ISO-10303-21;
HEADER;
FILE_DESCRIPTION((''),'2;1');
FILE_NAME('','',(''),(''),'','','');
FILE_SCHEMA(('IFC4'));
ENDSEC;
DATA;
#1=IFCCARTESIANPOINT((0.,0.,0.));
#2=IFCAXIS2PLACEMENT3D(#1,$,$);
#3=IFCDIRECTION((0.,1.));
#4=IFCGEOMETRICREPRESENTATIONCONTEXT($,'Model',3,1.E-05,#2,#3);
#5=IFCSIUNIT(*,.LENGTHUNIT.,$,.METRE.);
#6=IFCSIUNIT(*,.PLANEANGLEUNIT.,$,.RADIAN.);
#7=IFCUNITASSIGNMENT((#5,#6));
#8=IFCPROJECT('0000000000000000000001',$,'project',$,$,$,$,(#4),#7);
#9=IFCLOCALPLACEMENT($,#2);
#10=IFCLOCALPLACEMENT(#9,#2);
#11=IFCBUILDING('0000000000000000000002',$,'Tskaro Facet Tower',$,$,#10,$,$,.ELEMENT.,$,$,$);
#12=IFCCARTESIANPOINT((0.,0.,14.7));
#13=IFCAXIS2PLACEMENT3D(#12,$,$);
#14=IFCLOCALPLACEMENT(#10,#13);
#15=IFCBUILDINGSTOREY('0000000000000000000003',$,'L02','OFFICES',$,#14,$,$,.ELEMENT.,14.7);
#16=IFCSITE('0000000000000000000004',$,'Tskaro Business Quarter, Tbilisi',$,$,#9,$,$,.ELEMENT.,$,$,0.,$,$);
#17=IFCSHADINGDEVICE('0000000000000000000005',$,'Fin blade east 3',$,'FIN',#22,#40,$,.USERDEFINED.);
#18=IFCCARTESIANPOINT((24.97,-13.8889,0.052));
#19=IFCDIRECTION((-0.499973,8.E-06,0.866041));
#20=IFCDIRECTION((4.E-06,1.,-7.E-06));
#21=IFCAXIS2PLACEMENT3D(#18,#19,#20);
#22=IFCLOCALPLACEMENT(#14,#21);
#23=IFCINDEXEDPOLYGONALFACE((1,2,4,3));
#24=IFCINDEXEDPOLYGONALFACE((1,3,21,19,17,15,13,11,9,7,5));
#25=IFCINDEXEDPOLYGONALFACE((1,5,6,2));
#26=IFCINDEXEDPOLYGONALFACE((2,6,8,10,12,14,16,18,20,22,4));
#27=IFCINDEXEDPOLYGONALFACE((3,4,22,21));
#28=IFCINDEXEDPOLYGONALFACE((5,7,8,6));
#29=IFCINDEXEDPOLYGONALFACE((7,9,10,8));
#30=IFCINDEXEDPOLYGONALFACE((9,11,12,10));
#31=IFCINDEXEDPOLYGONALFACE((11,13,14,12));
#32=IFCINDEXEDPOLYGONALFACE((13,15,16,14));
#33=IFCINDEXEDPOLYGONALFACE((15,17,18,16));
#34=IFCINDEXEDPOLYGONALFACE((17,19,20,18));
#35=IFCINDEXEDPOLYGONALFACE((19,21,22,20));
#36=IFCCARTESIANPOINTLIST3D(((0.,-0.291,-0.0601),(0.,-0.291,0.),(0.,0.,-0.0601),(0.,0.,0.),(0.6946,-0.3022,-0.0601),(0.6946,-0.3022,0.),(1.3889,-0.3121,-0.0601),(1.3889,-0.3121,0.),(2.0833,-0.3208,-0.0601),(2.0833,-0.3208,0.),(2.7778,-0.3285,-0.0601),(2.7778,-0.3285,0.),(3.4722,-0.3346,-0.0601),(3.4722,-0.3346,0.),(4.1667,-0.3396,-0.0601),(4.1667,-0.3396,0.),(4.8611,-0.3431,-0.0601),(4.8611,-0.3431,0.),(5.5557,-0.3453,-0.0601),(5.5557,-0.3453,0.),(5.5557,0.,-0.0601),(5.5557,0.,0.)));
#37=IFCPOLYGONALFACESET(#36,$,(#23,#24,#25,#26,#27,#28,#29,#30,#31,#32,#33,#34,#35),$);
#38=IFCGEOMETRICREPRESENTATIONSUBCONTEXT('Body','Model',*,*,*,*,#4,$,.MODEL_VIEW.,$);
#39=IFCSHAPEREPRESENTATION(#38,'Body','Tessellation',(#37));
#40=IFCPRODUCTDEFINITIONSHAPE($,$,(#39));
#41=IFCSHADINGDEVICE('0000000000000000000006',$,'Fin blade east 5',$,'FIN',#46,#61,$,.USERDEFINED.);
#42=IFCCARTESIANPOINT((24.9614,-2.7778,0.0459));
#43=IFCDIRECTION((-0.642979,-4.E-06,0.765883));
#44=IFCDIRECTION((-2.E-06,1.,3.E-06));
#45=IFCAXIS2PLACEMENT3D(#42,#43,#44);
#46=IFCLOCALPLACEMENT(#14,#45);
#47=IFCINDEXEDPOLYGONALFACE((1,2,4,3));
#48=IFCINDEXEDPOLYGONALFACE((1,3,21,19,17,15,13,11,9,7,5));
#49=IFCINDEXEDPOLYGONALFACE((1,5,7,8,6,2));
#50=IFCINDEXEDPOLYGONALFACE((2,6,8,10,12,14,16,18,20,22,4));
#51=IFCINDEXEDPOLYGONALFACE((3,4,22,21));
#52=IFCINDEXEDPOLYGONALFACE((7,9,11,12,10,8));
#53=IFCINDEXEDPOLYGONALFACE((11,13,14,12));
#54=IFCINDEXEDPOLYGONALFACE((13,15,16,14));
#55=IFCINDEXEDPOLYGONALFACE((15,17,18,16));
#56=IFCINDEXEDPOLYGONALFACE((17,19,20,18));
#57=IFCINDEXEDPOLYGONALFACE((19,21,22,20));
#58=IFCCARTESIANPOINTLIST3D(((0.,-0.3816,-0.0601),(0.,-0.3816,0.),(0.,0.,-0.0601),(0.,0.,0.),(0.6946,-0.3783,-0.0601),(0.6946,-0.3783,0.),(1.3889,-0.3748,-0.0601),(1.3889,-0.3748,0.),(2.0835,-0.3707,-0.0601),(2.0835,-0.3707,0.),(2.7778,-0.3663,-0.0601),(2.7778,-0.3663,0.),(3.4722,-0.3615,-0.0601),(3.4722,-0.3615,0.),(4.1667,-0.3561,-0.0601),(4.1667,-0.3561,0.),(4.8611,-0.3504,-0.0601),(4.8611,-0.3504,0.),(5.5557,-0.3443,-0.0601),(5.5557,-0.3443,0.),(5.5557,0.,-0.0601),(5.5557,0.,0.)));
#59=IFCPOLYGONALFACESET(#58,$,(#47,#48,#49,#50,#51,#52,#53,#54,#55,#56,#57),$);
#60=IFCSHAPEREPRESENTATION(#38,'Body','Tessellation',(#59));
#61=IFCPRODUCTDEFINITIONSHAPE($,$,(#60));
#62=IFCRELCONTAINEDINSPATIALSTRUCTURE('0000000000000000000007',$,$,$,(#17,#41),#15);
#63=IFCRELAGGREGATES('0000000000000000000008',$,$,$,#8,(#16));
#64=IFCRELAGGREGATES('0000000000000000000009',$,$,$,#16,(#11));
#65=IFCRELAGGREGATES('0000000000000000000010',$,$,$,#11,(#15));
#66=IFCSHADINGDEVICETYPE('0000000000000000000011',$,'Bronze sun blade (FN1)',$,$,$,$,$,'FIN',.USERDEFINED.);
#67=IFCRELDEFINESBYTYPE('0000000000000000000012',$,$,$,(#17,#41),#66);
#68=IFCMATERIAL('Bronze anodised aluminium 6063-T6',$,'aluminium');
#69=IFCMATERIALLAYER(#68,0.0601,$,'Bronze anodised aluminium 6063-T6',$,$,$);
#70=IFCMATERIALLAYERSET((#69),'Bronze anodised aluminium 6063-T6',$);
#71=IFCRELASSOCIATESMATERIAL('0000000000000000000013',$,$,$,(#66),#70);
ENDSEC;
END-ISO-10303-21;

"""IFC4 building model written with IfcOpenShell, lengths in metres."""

from ifc_helpers import new_model, si_unit, direction, frame, origin, place, context, subcontext, project, spatial, polyline, outline, extrude, material, layer, layer_set, type_object, element, save


model = new_model("IFC4")

# Units and contexts
model_context = context("Model", 3, precision=1e-05, world=origin(), true_north=direction((0.0, 1.0)))
body_context = subcontext(model_context, "Body", "Model", "MODEL_VIEW")
ifc_project = project(units=[si_unit("LENGTHUNIT", "METRE"), si_unit("PLANEANGLEUNIT", "RADIAN")], contexts=[model_context])

# Site, building, storey
site_placement = place(None, origin())
site = spatial("IfcSite", under=ifc_project, at=site_placement, Name="Tskaro Business Quarter, Tbilisi", CompositionType="ELEMENT", RefElevation=0.0)
building_placement = place(site_placement, origin())
building = spatial("IfcBuilding", under=site, at=building_placement, Name="Tskaro Facet Tower", CompositionType="ELEMENT")
storey_placement = place(building_placement, frame((0.0, 0.0, 14.7)))
storey = spatial("IfcBuildingStorey", under=building, at=storey_placement, Name="L02", Description="OFFICES", CompositionType="ELEMENT", Elevation=14.7)

# Shared definitions
ifc_material_1 = material(Name="Bronze anodised aluminium 6063-T6", Category="aluminium")

# Shading devices
ifc_layer_1 = layer(ifc_material_1, 0.0601, Name="Bronze anodised aluminium 6063-T6")
ifc_layer_set_1 = layer_set([ifc_layer_1], Name="Bronze anodised aluminium 6063-T6")
shading_device_type = type_object("IfcShadingDeviceType", Name="Bronze sun blade (FN1)", ElementType="FIN", PredefinedType="USERDEFINED", material=ifc_layer_set_1)
shading_device_1_placement = place(storey_placement, frame((24.97, -13.8889, 0.052), z_axis=(-0.499973, 0.000008, 0.866041), x_axis=(0.000004, 1.0, -0.000007)))
element("IfcShadingDevice", 1, at=shading_device_1_placement, inside=storey, type_object=shading_device_type, Name="Fin blade east 3", ObjectType="FIN", PredefinedType="USERDEFINED", context=body_context, shape_type="SweptSolid", body=[
    extrude(outline(polyline([(0.0, 0.0), (5.5557, 0.0), (5.5557, -0.3453), (4.8611, -0.3431), (4.1667, -0.3396), (3.4722, -0.3346), (2.7778, -0.3285), (2.0833, -0.3208), (1.3889, -0.3121), (0.6946, -0.3022), (0.0, -0.291), (0.0, 0.0)])), origin(), (0.0, 0.0, -1.0), 0.0601),
])
shading_device_2_placement = place(storey_placement, frame((24.9614, -2.7778, 0.0459), z_axis=(-0.642979, -0.000004, 0.765883), x_axis=(-0.000002, 1.0, 0.000003)))
element("IfcShadingDevice", 2, at=shading_device_2_placement, inside=storey, type_object=shading_device_type, Name="Fin blade east 5", ObjectType="FIN", PredefinedType="USERDEFINED", context=body_context, shape_type="SweptSolid", body=[
    extrude(outline(polyline([(0.0, 0.0), (5.5557, 0.0), (5.5557, -0.3443), (4.8611, -0.3504), (4.1667, -0.3561), (3.4722, -0.3615), (2.7778, -0.3663), (2.0835, -0.3707), (1.3889, -0.3748), (0.6946, -0.3783), (0.0, -0.3816), (0.0, 0.0)])), origin(), (0.0, 0.0, -1.0), 0.0601),
])

save(model, "model.ifc")
